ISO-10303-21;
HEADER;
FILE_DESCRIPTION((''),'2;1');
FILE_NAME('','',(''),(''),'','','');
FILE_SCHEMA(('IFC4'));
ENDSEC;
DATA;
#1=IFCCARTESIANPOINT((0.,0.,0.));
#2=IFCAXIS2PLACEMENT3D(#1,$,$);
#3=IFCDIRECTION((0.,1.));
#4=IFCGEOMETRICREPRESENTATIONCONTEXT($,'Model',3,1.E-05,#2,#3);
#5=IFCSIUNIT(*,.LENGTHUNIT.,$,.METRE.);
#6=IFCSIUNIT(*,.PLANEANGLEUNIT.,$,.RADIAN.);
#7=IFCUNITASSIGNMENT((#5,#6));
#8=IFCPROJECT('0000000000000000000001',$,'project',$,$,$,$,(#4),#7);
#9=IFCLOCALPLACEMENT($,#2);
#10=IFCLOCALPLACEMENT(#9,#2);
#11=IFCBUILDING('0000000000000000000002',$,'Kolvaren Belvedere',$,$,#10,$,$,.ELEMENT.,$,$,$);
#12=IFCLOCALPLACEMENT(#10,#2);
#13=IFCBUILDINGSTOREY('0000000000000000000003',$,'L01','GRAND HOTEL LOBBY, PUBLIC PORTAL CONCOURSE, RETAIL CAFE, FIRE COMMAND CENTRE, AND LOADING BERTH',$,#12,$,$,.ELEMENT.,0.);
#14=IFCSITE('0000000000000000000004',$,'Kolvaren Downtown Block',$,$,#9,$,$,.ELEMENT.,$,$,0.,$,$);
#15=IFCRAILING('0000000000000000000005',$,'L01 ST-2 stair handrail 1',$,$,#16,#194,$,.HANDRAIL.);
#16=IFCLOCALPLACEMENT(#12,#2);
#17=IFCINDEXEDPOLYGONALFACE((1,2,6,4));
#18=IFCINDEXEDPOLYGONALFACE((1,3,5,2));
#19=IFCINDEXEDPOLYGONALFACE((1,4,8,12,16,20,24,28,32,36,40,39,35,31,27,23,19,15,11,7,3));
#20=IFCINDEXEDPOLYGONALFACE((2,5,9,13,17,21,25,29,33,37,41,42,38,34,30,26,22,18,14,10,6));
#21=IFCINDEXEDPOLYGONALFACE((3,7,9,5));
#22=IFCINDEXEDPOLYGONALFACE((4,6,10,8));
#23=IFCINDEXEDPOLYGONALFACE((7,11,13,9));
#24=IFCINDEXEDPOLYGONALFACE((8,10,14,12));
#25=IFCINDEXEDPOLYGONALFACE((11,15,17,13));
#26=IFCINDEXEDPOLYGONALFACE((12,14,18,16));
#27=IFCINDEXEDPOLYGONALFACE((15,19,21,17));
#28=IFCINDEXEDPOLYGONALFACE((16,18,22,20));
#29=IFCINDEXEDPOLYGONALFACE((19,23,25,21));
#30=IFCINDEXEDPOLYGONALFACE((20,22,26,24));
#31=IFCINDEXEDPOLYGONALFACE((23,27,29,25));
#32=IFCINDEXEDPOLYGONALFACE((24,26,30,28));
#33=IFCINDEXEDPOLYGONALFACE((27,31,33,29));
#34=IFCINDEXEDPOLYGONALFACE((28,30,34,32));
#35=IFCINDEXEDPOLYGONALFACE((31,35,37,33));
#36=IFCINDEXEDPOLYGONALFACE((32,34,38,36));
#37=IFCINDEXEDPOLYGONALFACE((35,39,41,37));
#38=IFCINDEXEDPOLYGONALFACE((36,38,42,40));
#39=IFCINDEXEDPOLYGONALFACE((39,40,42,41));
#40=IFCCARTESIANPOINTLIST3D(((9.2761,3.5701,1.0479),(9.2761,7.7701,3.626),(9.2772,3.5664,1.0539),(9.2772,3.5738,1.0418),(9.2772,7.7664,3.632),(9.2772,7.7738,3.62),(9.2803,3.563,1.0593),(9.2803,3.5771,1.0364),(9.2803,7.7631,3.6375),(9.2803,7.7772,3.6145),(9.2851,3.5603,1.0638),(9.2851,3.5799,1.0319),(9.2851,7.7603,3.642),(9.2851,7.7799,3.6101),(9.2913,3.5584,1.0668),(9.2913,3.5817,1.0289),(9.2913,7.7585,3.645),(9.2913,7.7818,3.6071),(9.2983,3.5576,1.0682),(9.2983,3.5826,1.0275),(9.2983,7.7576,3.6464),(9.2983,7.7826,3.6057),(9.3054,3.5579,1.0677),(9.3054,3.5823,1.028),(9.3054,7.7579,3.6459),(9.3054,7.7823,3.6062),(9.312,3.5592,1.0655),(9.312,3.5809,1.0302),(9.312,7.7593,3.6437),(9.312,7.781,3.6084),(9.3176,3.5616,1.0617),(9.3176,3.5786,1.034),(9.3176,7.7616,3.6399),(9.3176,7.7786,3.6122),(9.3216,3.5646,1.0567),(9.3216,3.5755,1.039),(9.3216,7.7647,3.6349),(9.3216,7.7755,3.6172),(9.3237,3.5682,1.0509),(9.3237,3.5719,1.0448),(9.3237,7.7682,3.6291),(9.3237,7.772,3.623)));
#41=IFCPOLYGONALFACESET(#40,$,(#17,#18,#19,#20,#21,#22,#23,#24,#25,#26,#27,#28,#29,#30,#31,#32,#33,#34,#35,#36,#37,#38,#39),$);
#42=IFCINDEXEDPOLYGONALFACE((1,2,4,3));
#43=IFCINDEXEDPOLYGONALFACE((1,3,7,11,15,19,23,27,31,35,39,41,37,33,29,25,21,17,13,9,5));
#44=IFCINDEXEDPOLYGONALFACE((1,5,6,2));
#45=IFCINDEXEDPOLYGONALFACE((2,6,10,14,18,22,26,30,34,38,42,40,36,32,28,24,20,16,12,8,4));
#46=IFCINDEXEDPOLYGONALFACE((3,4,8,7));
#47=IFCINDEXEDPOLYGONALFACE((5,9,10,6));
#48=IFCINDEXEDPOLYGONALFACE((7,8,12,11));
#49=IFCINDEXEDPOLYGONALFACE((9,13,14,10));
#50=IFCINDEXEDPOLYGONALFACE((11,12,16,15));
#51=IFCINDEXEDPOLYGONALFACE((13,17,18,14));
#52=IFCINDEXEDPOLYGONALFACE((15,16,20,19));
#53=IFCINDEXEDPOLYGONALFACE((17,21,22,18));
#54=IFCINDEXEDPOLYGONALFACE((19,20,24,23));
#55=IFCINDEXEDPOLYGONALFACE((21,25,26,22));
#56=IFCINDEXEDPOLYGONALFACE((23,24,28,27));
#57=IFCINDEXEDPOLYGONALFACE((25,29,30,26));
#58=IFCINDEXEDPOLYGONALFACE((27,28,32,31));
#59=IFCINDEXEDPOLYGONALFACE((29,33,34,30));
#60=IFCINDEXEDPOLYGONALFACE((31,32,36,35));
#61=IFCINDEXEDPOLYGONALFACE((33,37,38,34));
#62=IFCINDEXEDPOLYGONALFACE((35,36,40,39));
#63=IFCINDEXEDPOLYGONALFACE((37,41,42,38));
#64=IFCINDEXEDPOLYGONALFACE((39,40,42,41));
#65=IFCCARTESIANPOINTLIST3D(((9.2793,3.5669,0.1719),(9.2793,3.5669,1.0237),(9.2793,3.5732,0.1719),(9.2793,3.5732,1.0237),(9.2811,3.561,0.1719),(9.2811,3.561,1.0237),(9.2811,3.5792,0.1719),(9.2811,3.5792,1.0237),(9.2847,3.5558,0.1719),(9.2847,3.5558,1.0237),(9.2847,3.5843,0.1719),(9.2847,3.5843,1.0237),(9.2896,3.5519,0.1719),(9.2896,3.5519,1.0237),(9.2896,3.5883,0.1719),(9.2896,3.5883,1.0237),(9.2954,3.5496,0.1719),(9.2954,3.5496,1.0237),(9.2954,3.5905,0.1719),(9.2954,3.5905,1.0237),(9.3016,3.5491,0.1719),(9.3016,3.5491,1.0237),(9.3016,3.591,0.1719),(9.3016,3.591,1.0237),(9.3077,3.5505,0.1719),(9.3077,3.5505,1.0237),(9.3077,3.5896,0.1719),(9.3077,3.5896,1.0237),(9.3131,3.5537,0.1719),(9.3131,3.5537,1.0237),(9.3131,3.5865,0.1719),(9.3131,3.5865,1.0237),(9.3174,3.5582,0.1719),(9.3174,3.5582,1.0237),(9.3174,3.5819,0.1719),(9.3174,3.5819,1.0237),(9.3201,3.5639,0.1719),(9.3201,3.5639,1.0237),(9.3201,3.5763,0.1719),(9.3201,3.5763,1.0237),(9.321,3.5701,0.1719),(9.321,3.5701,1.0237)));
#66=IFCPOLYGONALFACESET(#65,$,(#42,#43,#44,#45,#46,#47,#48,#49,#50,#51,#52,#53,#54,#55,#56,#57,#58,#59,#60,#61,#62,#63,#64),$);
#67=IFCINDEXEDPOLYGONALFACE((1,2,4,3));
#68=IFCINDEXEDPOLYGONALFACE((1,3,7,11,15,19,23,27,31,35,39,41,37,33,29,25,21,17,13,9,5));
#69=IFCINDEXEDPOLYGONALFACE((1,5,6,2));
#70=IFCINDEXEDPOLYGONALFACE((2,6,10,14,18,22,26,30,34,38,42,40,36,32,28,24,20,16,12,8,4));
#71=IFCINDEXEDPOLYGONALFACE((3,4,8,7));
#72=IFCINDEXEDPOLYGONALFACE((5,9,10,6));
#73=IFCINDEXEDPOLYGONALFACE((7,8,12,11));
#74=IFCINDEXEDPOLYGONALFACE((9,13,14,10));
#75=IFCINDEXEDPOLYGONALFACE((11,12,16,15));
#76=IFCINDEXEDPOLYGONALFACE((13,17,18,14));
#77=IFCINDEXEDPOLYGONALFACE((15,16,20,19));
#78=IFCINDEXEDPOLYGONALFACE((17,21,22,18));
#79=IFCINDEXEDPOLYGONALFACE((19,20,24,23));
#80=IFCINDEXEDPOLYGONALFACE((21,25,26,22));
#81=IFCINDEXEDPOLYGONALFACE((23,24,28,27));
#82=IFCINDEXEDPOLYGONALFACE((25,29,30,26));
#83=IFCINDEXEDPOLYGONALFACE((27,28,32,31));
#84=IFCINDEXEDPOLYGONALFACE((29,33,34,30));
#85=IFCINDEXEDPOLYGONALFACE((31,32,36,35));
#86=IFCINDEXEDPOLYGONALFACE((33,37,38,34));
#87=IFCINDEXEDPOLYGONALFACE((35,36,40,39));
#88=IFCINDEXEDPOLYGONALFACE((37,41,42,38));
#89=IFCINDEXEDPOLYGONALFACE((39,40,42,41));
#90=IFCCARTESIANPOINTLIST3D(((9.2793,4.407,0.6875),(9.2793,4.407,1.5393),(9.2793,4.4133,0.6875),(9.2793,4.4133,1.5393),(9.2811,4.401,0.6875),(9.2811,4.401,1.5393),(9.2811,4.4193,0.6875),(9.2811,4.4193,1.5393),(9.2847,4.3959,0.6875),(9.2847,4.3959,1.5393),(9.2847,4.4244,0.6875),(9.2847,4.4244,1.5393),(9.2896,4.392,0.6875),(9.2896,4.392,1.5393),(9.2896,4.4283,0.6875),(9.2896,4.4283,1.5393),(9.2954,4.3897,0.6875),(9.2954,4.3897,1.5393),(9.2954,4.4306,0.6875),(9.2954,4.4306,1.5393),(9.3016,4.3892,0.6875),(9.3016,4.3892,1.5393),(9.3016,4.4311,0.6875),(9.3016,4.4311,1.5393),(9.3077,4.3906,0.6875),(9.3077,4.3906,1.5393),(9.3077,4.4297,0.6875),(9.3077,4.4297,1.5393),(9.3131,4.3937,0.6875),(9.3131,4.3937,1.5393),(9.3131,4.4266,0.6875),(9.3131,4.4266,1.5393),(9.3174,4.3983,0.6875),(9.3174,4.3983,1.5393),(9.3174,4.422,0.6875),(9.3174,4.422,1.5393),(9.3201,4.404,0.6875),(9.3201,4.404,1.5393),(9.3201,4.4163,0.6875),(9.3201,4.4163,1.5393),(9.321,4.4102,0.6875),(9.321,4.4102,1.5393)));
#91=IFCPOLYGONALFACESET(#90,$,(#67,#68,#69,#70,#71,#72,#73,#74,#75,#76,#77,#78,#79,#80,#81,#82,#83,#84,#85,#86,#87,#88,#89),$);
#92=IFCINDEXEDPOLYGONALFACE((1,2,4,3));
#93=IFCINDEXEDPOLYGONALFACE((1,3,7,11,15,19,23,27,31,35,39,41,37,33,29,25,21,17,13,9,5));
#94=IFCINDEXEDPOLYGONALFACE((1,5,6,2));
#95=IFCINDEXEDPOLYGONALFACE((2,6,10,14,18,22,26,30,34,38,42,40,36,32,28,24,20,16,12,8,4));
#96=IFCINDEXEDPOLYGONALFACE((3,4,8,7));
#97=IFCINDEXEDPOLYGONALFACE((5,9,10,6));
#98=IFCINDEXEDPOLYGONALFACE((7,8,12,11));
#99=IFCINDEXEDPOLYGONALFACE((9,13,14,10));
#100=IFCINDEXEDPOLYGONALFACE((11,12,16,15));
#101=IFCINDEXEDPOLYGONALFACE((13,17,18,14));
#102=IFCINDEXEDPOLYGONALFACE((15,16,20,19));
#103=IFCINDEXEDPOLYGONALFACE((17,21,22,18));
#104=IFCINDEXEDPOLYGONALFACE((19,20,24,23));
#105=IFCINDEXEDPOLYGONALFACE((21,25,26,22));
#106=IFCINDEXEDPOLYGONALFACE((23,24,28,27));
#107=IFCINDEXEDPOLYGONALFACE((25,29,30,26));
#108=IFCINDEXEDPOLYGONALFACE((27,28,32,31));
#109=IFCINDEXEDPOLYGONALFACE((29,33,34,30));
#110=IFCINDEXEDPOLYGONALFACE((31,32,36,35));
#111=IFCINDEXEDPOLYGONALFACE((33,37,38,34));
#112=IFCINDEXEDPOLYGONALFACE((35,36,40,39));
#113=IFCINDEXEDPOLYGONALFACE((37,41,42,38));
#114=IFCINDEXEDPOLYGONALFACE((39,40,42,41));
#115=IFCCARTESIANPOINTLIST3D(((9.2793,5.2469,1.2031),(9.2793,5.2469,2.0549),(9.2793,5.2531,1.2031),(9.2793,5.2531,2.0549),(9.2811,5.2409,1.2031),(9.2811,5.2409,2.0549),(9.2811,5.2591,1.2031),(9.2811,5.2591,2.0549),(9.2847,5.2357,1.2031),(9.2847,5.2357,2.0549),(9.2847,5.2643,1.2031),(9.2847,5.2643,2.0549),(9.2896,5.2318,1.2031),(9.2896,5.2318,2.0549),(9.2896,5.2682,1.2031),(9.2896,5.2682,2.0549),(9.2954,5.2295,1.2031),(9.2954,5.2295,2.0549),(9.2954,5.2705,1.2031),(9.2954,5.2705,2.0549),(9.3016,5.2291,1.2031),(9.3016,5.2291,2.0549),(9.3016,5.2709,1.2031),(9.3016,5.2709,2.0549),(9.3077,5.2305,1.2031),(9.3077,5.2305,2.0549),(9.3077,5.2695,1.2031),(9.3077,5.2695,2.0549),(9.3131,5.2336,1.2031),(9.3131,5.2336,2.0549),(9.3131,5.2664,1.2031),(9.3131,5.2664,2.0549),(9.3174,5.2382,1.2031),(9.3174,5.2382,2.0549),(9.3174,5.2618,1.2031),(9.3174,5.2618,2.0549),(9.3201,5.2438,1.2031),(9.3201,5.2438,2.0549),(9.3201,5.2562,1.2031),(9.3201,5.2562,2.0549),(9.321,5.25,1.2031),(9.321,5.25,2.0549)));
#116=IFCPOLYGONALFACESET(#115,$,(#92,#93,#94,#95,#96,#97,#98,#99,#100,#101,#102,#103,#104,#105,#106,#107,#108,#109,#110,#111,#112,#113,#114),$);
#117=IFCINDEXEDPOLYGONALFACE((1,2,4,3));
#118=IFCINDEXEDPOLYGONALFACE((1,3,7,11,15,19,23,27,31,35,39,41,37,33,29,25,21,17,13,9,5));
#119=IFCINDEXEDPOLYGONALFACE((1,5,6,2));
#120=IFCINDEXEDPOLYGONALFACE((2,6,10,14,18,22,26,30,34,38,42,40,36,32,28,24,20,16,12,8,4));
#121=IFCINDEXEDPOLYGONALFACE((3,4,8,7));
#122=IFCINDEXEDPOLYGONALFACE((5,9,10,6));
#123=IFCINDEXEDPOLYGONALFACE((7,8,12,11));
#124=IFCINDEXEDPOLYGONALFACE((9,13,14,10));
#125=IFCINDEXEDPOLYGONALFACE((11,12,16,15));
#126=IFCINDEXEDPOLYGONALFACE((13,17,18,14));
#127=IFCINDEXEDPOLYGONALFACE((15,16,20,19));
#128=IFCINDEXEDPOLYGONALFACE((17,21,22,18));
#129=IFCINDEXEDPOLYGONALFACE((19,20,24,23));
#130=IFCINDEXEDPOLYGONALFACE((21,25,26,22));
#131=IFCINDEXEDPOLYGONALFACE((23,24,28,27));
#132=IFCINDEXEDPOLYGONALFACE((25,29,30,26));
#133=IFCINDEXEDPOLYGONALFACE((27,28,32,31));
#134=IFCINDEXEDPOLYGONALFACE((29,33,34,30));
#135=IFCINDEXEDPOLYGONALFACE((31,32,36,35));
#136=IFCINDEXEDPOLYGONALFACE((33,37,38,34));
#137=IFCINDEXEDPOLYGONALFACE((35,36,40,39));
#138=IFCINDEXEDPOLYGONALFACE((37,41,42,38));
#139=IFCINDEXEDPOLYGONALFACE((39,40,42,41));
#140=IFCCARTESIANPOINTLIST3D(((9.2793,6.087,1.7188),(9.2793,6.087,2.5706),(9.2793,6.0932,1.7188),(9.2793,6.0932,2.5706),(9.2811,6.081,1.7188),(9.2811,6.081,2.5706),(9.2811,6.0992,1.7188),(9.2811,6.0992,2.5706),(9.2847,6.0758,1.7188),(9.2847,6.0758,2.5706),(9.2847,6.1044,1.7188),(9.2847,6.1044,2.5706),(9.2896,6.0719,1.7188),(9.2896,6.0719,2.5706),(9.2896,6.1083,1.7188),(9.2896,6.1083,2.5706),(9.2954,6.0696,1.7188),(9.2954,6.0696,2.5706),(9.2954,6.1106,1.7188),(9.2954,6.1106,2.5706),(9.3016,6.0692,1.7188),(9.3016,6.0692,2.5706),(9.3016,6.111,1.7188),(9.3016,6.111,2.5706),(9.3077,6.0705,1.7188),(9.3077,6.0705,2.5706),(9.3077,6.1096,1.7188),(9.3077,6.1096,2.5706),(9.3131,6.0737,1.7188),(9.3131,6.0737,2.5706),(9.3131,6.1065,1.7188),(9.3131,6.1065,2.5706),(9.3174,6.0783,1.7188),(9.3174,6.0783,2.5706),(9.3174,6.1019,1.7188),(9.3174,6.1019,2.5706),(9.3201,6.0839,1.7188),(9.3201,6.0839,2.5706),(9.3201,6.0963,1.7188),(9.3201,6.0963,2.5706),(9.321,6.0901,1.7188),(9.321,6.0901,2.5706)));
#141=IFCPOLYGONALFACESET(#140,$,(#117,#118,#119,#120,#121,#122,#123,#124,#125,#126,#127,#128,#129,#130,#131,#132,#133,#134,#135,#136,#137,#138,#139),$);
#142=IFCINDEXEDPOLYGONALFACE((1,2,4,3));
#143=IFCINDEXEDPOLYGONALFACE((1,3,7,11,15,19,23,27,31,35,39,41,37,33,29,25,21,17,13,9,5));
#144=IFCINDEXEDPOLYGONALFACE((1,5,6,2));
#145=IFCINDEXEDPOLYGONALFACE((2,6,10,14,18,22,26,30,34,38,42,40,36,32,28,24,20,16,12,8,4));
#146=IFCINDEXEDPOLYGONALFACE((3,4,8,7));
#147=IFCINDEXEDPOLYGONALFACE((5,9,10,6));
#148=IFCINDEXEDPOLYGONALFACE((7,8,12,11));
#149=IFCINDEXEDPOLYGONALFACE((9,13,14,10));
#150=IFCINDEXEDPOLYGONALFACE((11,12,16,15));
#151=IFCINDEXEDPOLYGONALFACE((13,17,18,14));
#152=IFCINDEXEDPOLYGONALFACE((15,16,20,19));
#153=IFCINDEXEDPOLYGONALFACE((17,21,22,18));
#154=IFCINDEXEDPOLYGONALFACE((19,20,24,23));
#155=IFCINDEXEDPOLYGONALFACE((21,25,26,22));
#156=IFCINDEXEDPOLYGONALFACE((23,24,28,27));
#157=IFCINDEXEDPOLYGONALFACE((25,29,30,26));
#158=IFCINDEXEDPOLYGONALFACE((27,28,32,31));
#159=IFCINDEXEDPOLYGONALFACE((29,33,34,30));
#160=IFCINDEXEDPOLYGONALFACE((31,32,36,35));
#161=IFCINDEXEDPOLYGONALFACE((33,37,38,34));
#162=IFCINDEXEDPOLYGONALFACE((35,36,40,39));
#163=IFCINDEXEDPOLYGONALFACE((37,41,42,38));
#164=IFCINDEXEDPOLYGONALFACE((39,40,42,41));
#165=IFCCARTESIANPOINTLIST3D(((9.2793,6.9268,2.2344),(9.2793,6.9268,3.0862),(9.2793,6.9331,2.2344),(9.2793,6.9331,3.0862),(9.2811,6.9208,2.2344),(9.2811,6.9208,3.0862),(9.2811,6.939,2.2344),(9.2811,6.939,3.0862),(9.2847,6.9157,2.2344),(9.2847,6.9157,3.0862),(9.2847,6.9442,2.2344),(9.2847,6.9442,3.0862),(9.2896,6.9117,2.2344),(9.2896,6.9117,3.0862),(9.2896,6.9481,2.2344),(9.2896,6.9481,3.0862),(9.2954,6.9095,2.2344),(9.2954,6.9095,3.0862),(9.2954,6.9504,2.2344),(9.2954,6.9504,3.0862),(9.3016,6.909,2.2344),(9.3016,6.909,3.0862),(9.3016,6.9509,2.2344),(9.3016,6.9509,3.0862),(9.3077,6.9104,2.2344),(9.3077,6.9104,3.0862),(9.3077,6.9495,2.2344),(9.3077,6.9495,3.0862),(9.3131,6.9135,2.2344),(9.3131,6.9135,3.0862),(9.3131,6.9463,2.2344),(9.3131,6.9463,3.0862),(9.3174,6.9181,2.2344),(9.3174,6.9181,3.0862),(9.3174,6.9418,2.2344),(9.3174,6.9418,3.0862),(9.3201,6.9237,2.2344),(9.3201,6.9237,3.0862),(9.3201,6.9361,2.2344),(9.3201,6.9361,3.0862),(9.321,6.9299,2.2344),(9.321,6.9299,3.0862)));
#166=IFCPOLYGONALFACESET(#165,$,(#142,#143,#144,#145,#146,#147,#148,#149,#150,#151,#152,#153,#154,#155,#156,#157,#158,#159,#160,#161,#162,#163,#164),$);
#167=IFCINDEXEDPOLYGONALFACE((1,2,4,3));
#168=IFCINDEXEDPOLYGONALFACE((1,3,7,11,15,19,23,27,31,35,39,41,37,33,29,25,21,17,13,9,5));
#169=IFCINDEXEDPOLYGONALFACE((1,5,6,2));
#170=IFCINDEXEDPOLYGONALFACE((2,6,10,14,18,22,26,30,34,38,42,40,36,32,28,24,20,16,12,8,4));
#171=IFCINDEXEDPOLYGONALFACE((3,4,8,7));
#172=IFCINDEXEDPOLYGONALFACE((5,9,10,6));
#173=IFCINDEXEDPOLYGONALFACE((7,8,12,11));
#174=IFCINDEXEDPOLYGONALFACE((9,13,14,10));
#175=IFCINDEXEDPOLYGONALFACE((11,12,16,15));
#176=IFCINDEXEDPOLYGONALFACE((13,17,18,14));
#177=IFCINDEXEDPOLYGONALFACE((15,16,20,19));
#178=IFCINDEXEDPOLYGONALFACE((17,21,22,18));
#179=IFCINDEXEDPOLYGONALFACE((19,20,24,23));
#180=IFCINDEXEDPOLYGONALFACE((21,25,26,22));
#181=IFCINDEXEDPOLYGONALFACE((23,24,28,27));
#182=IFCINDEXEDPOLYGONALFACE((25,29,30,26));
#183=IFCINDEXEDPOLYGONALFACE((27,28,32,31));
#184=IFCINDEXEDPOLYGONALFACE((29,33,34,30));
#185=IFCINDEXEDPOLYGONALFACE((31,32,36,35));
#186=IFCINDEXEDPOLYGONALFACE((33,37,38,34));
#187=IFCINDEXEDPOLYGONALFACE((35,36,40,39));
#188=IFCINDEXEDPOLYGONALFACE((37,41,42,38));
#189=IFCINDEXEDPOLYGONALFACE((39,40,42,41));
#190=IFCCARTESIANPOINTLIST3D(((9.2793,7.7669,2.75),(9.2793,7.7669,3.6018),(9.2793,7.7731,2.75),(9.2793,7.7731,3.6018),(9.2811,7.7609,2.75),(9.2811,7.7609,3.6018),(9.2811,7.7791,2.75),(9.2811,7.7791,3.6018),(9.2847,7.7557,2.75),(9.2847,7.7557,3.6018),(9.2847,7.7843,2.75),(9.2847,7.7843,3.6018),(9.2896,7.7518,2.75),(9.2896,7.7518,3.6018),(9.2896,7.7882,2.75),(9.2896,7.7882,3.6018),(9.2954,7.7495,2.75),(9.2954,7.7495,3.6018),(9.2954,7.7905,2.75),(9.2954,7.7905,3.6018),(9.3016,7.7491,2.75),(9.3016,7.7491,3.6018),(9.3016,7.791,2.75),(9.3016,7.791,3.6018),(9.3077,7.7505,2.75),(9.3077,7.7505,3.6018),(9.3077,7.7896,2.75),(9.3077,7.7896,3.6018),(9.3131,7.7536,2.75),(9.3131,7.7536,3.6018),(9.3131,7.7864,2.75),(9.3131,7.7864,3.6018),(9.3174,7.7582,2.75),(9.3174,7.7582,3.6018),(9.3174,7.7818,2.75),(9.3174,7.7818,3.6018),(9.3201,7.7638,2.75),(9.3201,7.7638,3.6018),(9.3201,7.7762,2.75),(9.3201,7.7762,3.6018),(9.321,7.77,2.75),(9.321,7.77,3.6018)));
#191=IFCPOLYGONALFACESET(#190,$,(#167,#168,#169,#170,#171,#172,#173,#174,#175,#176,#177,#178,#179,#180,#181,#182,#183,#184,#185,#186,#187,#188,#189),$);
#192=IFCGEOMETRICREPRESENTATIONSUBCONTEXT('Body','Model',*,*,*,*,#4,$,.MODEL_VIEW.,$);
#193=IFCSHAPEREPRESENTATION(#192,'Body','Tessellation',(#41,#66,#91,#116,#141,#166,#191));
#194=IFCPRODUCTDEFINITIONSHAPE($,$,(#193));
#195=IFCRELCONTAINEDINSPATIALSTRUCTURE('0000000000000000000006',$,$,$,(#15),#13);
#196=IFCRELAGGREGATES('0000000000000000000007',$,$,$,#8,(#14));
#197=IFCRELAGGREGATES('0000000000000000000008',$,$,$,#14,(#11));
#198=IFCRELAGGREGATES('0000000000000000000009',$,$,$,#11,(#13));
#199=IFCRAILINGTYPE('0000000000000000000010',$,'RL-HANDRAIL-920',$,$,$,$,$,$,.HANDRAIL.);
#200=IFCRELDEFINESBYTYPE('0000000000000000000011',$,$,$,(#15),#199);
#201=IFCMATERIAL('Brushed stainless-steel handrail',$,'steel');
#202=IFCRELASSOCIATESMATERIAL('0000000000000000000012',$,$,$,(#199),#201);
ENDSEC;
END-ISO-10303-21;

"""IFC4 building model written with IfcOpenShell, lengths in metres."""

from ifc_helpers import new_model, si_unit, direction, frame, origin, origin_2d, place, context, subcontext, project, spatial, circle, extrude, material, type_object, element, save


model = new_model("IFC4")

# Units and contexts
model_context = context("Model", 3, precision=1e-05, world=origin(), true_north=direction((0.0, 1.0)))
body_context = subcontext(model_context, "Body", "Model", "MODEL_VIEW")
ifc_project = project(units=[si_unit("LENGTHUNIT", "METRE"), si_unit("PLANEANGLEUNIT", "RADIAN")], contexts=[model_context])

# Site, building, storey
site_placement = place(None, origin())
site = spatial("IfcSite", under=ifc_project, at=site_placement, Name="Kolvaren Downtown Block", CompositionType="ELEMENT", RefElevation=0.0)
building_placement = place(site_placement, origin())
building = spatial("IfcBuilding", under=site, at=building_placement, Name="Kolvaren Belvedere", CompositionType="ELEMENT")
storey_placement = place(building_placement, origin())
storey = spatial("IfcBuildingStorey", under=building, at=storey_placement, Name="L01", Description="GRAND HOTEL LOBBY, PUBLIC PORTAL CONCOURSE, RETAIL CAFE, FIRE COMMAND CENTRE, AND LOADING BERTH", CompositionType="ELEMENT", Elevation=0.0)

# Railing
ifc_material_1 = material(Name="Brushed stainless-steel handrail", Category="steel")
railing_type_1 = type_object("IfcRailingType", Name="RL-HANDRAIL-920", PredefinedType="HANDRAIL", material=ifc_material_1)
railing_1_placement = place(storey_placement, frame((9.3, 3.5701, 0.1719)))
element("IfcRailing", 1, at=railing_1_placement, inside=storey, type_object=railing_type_1, Name="L01 ST-2 stair handrail 1", PredefinedType="HANDRAIL", context=body_context, shape_type="SweptSolid", body=[
    extrude(circle(Radius=0.0239, at=origin_2d()), frame((0.0, 0.0, 0.876), z_axis=(0.0, 0.852243, 0.523146), x_axis=(-1.0, 0.0, 0.0)), (0.0, 0.0, 1.0), 4.9282),
    extrude(circle(Radius=0.021, at=origin_2d()), origin(), (0.0, 0.0, 1.0), 0.8518),
    extrude(circle(Radius=0.021, at=origin_2d()), frame((0.0, 0.8401, 0.5156)), (0.0, 0.0, 1.0), 0.8518),
    extrude(circle(Radius=0.021, at=origin_2d()), frame((0.0, 1.6799, 1.0312)), (0.0, 0.0, 1.0), 0.8518),
    extrude(circle(Radius=0.021, at=origin_2d()), frame((0.0, 2.52, 1.5469)), (0.0, 0.0, 1.0), 0.8518),
    extrude(circle(Radius=0.021, at=origin_2d()), frame((0.0, 3.3599, 2.0625)), (0.0, 0.0, 1.0), 0.8518),
    extrude(circle(Radius=0.021, at=origin_2d()), frame((0.0, 4.2, 2.5781)), (0.0, 0.0, 1.0), 0.8518),
])

save(model, "model.ifc")
